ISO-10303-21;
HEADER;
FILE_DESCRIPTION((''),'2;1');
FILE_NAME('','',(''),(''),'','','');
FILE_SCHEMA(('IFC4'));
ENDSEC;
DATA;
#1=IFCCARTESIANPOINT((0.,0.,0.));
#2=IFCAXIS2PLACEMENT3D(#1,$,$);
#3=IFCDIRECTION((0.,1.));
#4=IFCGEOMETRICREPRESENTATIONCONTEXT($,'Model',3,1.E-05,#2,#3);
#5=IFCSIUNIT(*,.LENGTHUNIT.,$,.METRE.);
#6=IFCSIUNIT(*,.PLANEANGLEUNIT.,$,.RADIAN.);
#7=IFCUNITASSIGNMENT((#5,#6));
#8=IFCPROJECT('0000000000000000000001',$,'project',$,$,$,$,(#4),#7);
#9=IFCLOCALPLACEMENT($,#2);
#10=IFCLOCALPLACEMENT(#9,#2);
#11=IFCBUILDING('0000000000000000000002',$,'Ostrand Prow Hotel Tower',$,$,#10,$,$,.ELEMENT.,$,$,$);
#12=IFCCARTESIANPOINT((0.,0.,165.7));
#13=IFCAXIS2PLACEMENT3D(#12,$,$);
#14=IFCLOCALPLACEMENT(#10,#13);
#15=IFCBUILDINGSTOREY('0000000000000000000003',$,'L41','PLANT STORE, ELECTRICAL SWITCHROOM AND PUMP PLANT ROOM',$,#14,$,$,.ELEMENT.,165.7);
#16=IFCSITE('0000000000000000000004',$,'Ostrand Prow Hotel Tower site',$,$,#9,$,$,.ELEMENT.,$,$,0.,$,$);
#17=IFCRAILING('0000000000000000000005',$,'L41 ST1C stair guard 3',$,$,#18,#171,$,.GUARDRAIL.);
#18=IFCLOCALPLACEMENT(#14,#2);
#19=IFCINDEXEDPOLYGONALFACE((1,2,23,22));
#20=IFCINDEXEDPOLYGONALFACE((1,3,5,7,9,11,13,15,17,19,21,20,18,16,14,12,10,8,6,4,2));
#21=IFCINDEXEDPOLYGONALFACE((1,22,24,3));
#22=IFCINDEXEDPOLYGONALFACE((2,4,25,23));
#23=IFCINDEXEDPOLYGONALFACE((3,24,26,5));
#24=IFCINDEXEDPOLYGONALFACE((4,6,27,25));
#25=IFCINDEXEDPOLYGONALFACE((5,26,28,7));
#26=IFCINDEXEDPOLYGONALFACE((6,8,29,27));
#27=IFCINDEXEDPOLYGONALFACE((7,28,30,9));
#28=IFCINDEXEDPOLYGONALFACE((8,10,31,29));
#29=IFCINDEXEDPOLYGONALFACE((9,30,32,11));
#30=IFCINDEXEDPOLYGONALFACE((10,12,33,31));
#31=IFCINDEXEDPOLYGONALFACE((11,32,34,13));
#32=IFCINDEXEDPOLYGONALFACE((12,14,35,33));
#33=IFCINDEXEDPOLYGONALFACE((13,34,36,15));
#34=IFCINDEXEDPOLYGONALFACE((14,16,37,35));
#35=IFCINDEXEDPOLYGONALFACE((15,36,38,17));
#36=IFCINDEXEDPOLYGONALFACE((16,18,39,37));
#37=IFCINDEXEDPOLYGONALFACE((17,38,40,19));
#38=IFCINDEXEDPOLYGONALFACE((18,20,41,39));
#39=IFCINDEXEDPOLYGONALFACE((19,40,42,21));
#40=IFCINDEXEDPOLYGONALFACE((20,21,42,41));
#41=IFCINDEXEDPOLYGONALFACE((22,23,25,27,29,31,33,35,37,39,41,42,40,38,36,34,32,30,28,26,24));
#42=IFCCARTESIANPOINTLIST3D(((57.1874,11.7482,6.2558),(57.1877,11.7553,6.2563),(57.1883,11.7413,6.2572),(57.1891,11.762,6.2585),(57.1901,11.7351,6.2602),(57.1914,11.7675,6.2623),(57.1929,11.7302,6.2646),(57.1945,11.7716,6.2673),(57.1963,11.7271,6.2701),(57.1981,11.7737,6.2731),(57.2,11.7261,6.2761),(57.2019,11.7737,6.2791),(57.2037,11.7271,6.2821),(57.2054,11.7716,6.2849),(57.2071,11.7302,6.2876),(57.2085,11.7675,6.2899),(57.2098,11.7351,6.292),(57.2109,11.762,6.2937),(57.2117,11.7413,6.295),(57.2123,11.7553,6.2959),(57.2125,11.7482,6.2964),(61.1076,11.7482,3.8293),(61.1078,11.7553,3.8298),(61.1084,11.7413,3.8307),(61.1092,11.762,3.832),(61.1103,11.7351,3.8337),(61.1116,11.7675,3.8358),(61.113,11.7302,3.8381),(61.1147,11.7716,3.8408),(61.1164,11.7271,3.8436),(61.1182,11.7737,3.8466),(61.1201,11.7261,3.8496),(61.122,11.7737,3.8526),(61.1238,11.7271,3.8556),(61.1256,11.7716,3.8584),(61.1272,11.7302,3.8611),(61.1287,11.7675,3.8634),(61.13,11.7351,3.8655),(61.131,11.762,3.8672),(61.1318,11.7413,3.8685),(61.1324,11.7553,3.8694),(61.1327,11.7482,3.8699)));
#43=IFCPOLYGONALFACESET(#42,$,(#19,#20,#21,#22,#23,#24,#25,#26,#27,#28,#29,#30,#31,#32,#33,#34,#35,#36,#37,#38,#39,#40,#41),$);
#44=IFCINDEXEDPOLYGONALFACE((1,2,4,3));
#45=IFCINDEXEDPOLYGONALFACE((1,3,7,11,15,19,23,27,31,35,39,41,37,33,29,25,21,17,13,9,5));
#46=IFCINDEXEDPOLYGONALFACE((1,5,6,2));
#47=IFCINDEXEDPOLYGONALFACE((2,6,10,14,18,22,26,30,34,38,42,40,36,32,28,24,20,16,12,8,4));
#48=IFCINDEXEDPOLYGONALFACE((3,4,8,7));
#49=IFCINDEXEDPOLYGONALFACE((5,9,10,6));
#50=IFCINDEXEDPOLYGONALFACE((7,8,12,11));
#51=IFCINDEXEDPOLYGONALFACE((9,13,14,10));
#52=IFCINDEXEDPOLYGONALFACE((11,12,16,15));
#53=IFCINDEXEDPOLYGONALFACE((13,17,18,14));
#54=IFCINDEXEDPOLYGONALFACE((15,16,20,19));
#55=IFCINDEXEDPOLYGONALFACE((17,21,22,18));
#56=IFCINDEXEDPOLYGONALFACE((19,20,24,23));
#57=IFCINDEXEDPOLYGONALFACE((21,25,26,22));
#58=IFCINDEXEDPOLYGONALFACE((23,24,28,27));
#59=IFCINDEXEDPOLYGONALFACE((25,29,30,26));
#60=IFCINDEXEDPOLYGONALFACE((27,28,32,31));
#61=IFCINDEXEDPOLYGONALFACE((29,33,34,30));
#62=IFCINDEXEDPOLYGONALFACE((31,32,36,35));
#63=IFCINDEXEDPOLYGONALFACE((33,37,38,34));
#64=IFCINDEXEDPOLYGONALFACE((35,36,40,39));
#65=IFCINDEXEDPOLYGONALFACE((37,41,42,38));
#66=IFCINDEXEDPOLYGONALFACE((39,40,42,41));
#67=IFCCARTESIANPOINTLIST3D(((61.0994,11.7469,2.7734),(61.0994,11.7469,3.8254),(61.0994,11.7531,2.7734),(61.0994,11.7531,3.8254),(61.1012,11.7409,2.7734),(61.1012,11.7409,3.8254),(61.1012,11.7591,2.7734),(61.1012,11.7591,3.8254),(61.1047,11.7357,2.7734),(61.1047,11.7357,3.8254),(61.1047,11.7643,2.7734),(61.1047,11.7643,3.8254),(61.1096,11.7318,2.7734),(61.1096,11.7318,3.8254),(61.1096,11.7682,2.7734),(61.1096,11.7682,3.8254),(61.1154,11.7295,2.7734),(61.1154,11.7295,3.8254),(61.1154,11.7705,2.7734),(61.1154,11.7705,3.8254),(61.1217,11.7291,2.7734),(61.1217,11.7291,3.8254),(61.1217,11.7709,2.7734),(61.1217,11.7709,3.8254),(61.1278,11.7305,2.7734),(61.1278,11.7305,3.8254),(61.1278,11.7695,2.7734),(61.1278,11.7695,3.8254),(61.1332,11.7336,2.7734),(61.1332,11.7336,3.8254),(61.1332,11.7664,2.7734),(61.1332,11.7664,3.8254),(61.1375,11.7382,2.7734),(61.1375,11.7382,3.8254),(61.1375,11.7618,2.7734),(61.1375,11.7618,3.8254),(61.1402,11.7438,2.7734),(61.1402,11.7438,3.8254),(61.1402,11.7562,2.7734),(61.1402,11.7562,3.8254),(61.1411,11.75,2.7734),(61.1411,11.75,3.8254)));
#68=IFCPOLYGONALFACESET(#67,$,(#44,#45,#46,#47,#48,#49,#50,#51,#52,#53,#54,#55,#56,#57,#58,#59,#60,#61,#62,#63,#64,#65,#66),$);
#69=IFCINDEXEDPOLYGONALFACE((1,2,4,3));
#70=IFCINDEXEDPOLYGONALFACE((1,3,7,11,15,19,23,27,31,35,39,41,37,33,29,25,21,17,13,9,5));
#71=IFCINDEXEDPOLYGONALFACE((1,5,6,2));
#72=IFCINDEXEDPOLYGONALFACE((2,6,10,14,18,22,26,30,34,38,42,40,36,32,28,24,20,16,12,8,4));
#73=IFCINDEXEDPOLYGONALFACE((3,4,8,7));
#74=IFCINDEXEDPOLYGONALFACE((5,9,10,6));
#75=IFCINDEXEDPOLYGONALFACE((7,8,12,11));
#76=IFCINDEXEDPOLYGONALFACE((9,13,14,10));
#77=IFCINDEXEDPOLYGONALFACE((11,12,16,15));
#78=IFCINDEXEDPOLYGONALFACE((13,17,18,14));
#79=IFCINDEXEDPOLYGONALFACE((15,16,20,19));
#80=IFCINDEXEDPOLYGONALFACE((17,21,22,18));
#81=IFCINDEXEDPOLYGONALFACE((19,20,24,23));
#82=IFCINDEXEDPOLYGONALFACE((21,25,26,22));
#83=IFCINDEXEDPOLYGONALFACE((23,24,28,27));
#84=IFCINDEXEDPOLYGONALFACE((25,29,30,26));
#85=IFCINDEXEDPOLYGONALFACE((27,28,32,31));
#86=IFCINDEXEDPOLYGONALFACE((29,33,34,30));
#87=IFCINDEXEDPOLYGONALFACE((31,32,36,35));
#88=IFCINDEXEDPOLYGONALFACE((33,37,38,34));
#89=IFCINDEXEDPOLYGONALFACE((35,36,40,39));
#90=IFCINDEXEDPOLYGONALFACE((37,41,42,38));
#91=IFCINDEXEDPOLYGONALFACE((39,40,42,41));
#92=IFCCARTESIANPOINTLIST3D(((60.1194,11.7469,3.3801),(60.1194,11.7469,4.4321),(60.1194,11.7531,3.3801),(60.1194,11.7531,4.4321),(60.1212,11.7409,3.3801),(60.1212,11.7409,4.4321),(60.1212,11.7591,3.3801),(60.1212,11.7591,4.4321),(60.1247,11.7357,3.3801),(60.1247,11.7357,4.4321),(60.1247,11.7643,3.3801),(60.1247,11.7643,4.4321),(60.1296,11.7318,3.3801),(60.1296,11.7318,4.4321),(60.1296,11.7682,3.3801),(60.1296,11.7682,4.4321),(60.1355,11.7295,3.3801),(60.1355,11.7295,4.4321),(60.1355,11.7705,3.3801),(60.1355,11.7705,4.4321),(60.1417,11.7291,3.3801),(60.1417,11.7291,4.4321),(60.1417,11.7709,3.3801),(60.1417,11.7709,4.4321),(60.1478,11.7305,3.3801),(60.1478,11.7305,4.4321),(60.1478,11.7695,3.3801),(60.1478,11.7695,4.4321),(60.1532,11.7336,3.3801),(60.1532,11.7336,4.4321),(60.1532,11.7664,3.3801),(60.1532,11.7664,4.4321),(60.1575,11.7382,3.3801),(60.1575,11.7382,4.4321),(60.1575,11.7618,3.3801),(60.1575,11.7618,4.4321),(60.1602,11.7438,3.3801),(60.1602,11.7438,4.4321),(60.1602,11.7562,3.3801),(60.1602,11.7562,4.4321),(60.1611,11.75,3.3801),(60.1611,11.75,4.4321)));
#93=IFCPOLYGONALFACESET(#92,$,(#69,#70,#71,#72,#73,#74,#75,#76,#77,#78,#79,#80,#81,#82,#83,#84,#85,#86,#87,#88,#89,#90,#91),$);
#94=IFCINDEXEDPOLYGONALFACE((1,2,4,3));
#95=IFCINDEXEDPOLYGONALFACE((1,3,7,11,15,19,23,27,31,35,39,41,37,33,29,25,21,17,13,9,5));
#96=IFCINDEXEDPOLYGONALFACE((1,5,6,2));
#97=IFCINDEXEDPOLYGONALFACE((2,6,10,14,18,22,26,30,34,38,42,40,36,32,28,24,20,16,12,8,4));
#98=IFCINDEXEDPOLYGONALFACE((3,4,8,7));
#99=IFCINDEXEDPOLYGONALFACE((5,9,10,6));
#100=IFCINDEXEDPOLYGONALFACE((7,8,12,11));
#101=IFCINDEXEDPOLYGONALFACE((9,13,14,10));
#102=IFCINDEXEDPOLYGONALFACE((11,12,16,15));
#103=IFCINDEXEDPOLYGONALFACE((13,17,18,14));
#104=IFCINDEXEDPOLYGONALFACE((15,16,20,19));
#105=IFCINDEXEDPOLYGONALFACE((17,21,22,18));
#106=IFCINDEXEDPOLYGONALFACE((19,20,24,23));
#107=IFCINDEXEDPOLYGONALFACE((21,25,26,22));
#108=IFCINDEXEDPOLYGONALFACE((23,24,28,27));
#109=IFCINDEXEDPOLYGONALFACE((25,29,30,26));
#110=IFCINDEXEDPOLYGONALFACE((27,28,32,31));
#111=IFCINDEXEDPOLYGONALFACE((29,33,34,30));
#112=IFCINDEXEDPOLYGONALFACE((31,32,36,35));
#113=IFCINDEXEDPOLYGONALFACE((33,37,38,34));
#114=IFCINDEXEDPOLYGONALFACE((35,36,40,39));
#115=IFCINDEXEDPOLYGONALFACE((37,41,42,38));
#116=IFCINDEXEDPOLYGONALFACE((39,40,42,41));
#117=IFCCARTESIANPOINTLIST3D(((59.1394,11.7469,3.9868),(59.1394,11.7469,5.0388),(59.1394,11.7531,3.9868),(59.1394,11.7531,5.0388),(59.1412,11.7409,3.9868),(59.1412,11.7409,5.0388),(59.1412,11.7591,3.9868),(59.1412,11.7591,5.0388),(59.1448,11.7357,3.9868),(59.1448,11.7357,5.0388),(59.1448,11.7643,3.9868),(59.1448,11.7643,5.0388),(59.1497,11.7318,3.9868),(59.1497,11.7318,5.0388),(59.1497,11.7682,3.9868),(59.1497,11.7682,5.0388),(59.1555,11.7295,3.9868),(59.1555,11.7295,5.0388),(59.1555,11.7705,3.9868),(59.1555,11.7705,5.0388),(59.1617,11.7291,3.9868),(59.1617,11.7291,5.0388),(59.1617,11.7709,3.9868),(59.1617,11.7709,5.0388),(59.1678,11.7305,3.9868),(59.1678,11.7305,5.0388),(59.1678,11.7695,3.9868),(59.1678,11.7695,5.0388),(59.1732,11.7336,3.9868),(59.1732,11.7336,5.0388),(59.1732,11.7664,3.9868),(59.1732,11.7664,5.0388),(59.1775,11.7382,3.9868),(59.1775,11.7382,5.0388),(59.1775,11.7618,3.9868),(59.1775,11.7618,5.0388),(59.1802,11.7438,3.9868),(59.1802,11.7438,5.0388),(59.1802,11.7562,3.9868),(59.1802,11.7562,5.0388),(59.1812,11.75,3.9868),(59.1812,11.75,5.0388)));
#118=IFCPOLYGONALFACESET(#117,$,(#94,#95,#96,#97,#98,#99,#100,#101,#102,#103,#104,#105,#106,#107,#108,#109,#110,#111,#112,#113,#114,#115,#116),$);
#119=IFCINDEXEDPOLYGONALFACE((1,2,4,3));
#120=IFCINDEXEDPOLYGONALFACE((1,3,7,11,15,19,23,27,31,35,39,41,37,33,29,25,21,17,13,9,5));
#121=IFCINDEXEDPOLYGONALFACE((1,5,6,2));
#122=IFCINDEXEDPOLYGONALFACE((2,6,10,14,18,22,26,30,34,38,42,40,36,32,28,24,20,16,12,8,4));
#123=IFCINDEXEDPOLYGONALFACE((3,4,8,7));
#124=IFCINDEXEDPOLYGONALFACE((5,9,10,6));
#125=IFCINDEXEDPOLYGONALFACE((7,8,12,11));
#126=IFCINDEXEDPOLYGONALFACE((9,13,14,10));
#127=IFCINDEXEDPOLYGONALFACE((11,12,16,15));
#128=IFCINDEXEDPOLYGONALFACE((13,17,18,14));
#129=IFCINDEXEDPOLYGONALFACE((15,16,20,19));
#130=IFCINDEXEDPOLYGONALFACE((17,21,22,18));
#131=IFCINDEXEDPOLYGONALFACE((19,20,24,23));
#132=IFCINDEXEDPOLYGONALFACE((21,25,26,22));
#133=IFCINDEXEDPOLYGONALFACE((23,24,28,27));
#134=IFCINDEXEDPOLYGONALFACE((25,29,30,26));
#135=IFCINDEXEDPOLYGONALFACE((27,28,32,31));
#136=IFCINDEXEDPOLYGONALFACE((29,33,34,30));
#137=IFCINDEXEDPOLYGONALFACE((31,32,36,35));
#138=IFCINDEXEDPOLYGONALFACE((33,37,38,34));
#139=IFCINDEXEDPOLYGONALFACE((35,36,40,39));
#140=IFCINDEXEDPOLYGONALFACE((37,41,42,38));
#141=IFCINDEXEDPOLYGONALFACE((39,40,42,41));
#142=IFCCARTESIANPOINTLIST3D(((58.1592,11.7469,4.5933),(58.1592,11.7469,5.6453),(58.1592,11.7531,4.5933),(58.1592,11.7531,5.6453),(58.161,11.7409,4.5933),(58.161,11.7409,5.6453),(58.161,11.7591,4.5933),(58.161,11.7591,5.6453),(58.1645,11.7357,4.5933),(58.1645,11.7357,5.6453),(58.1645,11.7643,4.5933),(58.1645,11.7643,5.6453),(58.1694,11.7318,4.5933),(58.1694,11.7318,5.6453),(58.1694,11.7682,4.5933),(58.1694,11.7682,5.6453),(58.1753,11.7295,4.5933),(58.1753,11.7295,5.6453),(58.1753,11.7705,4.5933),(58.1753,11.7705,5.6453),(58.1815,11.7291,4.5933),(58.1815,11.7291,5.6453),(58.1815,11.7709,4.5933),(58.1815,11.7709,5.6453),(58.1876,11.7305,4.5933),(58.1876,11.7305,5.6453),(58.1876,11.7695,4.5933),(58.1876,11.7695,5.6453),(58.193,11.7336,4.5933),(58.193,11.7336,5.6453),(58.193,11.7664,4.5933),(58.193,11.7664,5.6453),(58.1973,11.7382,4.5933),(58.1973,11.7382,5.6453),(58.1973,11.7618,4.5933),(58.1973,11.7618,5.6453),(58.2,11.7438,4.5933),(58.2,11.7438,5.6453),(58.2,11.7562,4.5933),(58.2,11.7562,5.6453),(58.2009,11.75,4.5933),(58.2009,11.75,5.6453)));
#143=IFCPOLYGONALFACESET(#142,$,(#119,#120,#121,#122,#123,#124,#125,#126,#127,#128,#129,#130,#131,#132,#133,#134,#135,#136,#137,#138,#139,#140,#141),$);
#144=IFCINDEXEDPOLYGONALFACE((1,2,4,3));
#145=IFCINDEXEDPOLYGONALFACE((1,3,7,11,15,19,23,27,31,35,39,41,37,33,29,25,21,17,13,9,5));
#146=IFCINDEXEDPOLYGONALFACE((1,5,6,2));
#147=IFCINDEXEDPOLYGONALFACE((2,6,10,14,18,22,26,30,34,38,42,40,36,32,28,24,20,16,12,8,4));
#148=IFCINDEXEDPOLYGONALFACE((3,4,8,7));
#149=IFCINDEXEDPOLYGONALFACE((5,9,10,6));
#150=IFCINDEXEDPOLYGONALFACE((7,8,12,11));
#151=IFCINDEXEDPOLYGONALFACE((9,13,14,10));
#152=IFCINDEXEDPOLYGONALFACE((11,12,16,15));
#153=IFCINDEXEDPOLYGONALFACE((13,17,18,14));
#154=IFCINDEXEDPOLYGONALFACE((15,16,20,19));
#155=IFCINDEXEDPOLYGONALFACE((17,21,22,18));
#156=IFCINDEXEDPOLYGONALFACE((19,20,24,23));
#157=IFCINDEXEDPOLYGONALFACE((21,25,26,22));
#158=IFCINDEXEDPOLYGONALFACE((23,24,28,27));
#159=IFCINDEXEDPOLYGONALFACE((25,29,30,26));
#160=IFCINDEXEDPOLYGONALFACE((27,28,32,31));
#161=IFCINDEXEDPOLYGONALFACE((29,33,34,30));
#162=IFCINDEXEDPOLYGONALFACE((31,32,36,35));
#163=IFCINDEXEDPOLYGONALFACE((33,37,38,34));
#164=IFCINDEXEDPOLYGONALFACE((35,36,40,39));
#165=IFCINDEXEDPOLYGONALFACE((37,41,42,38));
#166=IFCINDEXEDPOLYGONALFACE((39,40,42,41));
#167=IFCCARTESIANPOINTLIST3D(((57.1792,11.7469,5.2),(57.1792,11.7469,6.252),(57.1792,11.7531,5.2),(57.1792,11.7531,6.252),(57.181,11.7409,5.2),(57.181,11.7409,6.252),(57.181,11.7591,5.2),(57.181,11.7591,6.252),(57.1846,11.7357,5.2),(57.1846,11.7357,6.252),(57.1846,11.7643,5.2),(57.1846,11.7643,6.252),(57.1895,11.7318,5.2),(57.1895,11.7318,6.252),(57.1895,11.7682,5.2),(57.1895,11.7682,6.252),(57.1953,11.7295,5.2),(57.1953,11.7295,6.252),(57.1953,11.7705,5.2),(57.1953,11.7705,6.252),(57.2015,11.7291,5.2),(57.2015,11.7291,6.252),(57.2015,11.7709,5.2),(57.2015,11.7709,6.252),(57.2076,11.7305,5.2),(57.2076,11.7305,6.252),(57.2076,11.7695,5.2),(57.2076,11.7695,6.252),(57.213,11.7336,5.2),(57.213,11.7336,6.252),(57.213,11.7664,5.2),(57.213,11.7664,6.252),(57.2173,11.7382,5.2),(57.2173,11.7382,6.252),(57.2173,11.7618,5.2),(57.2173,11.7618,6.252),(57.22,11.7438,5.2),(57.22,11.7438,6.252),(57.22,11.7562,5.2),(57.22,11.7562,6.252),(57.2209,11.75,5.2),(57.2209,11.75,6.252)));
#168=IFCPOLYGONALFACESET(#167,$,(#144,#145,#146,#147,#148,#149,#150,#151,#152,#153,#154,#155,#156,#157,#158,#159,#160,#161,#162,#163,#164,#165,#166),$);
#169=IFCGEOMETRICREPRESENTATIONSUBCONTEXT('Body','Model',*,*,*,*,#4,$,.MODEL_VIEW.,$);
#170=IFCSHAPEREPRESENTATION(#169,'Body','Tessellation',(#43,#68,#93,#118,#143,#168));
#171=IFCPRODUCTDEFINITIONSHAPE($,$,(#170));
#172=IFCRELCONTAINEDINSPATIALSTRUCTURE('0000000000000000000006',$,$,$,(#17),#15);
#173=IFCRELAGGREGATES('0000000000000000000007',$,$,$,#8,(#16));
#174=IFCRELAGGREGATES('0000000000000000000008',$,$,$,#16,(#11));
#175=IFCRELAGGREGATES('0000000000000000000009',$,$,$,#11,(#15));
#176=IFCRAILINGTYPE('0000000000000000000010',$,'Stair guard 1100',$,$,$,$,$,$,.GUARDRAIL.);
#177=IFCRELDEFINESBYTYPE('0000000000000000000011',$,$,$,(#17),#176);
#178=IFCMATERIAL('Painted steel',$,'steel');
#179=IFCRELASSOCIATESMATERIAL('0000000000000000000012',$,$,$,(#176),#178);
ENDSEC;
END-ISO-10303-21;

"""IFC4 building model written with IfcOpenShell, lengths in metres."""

from ifc_helpers import new_model, si_unit, direction, frame, origin, origin_2d, place, context, subcontext, project, spatial, circle, extrude, material, type_object, element, save


model = new_model("IFC4")

# Units and contexts
model_context = context("Model", 3, precision=1e-05, world=origin(), true_north=direction((0.0, 1.0)))
body_context = subcontext(model_context, "Body", "Model", "MODEL_VIEW")
ifc_project = project(units=[si_unit("LENGTHUNIT", "METRE"), si_unit("PLANEANGLEUNIT", "RADIAN")], contexts=[model_context])

# Site, building, storey
site_placement = place(None, origin())
site = spatial("IfcSite", under=ifc_project, at=site_placement, Name="Ostrand Prow Hotel Tower site", CompositionType="ELEMENT", RefElevation=0.0)
building_placement = place(site_placement, origin())
building = spatial("IfcBuilding", under=site, at=building_placement, Name="Ostrand Prow Hotel Tower", CompositionType="ELEMENT")
storey_placement = place(building_placement, frame((0.0, 0.0, 165.7)))
storey = spatial("IfcBuildingStorey", under=building, at=storey_placement, Name="L41", Description="PLANT STORE, ELECTRICAL SWITCHROOM AND PUMP PLANT ROOM", CompositionType="ELEMENT", Elevation=165.7)

# Railing
ifc_material_1 = material(Name="Painted steel", Category="steel")
railing_type_1 = type_object("IfcRailingType", Name="Stair guard 1100", PredefinedType="GUARDRAIL", material=ifc_material_1)
railing_1_placement = place(storey_placement, frame((61.1201, 11.75, 2.7734)))
element("IfcRailing", 1, at=railing_1_placement, inside=storey, type_object=railing_type_1, Name="L41 ST1C stair guard 3", PredefinedType="GUARDRAIL", context=body_context, shape_type="SweptSolid", body=[
    extrude(circle(Radius=0.0239, at=origin_2d()), frame((0.0, 0.0, 1.0762), z_axis=(-0.85029, 0.0, 0.526315), x_axis=(0.0, -1.0, 0.0)), (0.0, 0.0, 1.0), 4.6104),
    extrude(circle(Radius=0.021, at=origin_2d()), origin(), (0.0, 0.0, 1.0), 1.052),
    extrude(circle(Radius=0.021, at=origin_2d()), frame((-0.98, 0.0, 0.6067)), (0.0, 0.0, 1.0), 1.052),
    extrude(circle(Radius=0.021, at=origin_2d()), frame((-1.96, 0.0, 1.2134)), (0.0, 0.0, 1.0), 1.052),
    extrude(circle(Radius=0.021, at=origin_2d()), frame((-2.9402, 0.0, 1.8198)), (0.0, 0.0, 1.0), 1.052),
    extrude(circle(Radius=0.021, at=origin_2d()), frame((-3.9202, 0.0, 2.4265)), (0.0, 0.0, 1.0), 1.052),
])

save(model, "model.ifc")
